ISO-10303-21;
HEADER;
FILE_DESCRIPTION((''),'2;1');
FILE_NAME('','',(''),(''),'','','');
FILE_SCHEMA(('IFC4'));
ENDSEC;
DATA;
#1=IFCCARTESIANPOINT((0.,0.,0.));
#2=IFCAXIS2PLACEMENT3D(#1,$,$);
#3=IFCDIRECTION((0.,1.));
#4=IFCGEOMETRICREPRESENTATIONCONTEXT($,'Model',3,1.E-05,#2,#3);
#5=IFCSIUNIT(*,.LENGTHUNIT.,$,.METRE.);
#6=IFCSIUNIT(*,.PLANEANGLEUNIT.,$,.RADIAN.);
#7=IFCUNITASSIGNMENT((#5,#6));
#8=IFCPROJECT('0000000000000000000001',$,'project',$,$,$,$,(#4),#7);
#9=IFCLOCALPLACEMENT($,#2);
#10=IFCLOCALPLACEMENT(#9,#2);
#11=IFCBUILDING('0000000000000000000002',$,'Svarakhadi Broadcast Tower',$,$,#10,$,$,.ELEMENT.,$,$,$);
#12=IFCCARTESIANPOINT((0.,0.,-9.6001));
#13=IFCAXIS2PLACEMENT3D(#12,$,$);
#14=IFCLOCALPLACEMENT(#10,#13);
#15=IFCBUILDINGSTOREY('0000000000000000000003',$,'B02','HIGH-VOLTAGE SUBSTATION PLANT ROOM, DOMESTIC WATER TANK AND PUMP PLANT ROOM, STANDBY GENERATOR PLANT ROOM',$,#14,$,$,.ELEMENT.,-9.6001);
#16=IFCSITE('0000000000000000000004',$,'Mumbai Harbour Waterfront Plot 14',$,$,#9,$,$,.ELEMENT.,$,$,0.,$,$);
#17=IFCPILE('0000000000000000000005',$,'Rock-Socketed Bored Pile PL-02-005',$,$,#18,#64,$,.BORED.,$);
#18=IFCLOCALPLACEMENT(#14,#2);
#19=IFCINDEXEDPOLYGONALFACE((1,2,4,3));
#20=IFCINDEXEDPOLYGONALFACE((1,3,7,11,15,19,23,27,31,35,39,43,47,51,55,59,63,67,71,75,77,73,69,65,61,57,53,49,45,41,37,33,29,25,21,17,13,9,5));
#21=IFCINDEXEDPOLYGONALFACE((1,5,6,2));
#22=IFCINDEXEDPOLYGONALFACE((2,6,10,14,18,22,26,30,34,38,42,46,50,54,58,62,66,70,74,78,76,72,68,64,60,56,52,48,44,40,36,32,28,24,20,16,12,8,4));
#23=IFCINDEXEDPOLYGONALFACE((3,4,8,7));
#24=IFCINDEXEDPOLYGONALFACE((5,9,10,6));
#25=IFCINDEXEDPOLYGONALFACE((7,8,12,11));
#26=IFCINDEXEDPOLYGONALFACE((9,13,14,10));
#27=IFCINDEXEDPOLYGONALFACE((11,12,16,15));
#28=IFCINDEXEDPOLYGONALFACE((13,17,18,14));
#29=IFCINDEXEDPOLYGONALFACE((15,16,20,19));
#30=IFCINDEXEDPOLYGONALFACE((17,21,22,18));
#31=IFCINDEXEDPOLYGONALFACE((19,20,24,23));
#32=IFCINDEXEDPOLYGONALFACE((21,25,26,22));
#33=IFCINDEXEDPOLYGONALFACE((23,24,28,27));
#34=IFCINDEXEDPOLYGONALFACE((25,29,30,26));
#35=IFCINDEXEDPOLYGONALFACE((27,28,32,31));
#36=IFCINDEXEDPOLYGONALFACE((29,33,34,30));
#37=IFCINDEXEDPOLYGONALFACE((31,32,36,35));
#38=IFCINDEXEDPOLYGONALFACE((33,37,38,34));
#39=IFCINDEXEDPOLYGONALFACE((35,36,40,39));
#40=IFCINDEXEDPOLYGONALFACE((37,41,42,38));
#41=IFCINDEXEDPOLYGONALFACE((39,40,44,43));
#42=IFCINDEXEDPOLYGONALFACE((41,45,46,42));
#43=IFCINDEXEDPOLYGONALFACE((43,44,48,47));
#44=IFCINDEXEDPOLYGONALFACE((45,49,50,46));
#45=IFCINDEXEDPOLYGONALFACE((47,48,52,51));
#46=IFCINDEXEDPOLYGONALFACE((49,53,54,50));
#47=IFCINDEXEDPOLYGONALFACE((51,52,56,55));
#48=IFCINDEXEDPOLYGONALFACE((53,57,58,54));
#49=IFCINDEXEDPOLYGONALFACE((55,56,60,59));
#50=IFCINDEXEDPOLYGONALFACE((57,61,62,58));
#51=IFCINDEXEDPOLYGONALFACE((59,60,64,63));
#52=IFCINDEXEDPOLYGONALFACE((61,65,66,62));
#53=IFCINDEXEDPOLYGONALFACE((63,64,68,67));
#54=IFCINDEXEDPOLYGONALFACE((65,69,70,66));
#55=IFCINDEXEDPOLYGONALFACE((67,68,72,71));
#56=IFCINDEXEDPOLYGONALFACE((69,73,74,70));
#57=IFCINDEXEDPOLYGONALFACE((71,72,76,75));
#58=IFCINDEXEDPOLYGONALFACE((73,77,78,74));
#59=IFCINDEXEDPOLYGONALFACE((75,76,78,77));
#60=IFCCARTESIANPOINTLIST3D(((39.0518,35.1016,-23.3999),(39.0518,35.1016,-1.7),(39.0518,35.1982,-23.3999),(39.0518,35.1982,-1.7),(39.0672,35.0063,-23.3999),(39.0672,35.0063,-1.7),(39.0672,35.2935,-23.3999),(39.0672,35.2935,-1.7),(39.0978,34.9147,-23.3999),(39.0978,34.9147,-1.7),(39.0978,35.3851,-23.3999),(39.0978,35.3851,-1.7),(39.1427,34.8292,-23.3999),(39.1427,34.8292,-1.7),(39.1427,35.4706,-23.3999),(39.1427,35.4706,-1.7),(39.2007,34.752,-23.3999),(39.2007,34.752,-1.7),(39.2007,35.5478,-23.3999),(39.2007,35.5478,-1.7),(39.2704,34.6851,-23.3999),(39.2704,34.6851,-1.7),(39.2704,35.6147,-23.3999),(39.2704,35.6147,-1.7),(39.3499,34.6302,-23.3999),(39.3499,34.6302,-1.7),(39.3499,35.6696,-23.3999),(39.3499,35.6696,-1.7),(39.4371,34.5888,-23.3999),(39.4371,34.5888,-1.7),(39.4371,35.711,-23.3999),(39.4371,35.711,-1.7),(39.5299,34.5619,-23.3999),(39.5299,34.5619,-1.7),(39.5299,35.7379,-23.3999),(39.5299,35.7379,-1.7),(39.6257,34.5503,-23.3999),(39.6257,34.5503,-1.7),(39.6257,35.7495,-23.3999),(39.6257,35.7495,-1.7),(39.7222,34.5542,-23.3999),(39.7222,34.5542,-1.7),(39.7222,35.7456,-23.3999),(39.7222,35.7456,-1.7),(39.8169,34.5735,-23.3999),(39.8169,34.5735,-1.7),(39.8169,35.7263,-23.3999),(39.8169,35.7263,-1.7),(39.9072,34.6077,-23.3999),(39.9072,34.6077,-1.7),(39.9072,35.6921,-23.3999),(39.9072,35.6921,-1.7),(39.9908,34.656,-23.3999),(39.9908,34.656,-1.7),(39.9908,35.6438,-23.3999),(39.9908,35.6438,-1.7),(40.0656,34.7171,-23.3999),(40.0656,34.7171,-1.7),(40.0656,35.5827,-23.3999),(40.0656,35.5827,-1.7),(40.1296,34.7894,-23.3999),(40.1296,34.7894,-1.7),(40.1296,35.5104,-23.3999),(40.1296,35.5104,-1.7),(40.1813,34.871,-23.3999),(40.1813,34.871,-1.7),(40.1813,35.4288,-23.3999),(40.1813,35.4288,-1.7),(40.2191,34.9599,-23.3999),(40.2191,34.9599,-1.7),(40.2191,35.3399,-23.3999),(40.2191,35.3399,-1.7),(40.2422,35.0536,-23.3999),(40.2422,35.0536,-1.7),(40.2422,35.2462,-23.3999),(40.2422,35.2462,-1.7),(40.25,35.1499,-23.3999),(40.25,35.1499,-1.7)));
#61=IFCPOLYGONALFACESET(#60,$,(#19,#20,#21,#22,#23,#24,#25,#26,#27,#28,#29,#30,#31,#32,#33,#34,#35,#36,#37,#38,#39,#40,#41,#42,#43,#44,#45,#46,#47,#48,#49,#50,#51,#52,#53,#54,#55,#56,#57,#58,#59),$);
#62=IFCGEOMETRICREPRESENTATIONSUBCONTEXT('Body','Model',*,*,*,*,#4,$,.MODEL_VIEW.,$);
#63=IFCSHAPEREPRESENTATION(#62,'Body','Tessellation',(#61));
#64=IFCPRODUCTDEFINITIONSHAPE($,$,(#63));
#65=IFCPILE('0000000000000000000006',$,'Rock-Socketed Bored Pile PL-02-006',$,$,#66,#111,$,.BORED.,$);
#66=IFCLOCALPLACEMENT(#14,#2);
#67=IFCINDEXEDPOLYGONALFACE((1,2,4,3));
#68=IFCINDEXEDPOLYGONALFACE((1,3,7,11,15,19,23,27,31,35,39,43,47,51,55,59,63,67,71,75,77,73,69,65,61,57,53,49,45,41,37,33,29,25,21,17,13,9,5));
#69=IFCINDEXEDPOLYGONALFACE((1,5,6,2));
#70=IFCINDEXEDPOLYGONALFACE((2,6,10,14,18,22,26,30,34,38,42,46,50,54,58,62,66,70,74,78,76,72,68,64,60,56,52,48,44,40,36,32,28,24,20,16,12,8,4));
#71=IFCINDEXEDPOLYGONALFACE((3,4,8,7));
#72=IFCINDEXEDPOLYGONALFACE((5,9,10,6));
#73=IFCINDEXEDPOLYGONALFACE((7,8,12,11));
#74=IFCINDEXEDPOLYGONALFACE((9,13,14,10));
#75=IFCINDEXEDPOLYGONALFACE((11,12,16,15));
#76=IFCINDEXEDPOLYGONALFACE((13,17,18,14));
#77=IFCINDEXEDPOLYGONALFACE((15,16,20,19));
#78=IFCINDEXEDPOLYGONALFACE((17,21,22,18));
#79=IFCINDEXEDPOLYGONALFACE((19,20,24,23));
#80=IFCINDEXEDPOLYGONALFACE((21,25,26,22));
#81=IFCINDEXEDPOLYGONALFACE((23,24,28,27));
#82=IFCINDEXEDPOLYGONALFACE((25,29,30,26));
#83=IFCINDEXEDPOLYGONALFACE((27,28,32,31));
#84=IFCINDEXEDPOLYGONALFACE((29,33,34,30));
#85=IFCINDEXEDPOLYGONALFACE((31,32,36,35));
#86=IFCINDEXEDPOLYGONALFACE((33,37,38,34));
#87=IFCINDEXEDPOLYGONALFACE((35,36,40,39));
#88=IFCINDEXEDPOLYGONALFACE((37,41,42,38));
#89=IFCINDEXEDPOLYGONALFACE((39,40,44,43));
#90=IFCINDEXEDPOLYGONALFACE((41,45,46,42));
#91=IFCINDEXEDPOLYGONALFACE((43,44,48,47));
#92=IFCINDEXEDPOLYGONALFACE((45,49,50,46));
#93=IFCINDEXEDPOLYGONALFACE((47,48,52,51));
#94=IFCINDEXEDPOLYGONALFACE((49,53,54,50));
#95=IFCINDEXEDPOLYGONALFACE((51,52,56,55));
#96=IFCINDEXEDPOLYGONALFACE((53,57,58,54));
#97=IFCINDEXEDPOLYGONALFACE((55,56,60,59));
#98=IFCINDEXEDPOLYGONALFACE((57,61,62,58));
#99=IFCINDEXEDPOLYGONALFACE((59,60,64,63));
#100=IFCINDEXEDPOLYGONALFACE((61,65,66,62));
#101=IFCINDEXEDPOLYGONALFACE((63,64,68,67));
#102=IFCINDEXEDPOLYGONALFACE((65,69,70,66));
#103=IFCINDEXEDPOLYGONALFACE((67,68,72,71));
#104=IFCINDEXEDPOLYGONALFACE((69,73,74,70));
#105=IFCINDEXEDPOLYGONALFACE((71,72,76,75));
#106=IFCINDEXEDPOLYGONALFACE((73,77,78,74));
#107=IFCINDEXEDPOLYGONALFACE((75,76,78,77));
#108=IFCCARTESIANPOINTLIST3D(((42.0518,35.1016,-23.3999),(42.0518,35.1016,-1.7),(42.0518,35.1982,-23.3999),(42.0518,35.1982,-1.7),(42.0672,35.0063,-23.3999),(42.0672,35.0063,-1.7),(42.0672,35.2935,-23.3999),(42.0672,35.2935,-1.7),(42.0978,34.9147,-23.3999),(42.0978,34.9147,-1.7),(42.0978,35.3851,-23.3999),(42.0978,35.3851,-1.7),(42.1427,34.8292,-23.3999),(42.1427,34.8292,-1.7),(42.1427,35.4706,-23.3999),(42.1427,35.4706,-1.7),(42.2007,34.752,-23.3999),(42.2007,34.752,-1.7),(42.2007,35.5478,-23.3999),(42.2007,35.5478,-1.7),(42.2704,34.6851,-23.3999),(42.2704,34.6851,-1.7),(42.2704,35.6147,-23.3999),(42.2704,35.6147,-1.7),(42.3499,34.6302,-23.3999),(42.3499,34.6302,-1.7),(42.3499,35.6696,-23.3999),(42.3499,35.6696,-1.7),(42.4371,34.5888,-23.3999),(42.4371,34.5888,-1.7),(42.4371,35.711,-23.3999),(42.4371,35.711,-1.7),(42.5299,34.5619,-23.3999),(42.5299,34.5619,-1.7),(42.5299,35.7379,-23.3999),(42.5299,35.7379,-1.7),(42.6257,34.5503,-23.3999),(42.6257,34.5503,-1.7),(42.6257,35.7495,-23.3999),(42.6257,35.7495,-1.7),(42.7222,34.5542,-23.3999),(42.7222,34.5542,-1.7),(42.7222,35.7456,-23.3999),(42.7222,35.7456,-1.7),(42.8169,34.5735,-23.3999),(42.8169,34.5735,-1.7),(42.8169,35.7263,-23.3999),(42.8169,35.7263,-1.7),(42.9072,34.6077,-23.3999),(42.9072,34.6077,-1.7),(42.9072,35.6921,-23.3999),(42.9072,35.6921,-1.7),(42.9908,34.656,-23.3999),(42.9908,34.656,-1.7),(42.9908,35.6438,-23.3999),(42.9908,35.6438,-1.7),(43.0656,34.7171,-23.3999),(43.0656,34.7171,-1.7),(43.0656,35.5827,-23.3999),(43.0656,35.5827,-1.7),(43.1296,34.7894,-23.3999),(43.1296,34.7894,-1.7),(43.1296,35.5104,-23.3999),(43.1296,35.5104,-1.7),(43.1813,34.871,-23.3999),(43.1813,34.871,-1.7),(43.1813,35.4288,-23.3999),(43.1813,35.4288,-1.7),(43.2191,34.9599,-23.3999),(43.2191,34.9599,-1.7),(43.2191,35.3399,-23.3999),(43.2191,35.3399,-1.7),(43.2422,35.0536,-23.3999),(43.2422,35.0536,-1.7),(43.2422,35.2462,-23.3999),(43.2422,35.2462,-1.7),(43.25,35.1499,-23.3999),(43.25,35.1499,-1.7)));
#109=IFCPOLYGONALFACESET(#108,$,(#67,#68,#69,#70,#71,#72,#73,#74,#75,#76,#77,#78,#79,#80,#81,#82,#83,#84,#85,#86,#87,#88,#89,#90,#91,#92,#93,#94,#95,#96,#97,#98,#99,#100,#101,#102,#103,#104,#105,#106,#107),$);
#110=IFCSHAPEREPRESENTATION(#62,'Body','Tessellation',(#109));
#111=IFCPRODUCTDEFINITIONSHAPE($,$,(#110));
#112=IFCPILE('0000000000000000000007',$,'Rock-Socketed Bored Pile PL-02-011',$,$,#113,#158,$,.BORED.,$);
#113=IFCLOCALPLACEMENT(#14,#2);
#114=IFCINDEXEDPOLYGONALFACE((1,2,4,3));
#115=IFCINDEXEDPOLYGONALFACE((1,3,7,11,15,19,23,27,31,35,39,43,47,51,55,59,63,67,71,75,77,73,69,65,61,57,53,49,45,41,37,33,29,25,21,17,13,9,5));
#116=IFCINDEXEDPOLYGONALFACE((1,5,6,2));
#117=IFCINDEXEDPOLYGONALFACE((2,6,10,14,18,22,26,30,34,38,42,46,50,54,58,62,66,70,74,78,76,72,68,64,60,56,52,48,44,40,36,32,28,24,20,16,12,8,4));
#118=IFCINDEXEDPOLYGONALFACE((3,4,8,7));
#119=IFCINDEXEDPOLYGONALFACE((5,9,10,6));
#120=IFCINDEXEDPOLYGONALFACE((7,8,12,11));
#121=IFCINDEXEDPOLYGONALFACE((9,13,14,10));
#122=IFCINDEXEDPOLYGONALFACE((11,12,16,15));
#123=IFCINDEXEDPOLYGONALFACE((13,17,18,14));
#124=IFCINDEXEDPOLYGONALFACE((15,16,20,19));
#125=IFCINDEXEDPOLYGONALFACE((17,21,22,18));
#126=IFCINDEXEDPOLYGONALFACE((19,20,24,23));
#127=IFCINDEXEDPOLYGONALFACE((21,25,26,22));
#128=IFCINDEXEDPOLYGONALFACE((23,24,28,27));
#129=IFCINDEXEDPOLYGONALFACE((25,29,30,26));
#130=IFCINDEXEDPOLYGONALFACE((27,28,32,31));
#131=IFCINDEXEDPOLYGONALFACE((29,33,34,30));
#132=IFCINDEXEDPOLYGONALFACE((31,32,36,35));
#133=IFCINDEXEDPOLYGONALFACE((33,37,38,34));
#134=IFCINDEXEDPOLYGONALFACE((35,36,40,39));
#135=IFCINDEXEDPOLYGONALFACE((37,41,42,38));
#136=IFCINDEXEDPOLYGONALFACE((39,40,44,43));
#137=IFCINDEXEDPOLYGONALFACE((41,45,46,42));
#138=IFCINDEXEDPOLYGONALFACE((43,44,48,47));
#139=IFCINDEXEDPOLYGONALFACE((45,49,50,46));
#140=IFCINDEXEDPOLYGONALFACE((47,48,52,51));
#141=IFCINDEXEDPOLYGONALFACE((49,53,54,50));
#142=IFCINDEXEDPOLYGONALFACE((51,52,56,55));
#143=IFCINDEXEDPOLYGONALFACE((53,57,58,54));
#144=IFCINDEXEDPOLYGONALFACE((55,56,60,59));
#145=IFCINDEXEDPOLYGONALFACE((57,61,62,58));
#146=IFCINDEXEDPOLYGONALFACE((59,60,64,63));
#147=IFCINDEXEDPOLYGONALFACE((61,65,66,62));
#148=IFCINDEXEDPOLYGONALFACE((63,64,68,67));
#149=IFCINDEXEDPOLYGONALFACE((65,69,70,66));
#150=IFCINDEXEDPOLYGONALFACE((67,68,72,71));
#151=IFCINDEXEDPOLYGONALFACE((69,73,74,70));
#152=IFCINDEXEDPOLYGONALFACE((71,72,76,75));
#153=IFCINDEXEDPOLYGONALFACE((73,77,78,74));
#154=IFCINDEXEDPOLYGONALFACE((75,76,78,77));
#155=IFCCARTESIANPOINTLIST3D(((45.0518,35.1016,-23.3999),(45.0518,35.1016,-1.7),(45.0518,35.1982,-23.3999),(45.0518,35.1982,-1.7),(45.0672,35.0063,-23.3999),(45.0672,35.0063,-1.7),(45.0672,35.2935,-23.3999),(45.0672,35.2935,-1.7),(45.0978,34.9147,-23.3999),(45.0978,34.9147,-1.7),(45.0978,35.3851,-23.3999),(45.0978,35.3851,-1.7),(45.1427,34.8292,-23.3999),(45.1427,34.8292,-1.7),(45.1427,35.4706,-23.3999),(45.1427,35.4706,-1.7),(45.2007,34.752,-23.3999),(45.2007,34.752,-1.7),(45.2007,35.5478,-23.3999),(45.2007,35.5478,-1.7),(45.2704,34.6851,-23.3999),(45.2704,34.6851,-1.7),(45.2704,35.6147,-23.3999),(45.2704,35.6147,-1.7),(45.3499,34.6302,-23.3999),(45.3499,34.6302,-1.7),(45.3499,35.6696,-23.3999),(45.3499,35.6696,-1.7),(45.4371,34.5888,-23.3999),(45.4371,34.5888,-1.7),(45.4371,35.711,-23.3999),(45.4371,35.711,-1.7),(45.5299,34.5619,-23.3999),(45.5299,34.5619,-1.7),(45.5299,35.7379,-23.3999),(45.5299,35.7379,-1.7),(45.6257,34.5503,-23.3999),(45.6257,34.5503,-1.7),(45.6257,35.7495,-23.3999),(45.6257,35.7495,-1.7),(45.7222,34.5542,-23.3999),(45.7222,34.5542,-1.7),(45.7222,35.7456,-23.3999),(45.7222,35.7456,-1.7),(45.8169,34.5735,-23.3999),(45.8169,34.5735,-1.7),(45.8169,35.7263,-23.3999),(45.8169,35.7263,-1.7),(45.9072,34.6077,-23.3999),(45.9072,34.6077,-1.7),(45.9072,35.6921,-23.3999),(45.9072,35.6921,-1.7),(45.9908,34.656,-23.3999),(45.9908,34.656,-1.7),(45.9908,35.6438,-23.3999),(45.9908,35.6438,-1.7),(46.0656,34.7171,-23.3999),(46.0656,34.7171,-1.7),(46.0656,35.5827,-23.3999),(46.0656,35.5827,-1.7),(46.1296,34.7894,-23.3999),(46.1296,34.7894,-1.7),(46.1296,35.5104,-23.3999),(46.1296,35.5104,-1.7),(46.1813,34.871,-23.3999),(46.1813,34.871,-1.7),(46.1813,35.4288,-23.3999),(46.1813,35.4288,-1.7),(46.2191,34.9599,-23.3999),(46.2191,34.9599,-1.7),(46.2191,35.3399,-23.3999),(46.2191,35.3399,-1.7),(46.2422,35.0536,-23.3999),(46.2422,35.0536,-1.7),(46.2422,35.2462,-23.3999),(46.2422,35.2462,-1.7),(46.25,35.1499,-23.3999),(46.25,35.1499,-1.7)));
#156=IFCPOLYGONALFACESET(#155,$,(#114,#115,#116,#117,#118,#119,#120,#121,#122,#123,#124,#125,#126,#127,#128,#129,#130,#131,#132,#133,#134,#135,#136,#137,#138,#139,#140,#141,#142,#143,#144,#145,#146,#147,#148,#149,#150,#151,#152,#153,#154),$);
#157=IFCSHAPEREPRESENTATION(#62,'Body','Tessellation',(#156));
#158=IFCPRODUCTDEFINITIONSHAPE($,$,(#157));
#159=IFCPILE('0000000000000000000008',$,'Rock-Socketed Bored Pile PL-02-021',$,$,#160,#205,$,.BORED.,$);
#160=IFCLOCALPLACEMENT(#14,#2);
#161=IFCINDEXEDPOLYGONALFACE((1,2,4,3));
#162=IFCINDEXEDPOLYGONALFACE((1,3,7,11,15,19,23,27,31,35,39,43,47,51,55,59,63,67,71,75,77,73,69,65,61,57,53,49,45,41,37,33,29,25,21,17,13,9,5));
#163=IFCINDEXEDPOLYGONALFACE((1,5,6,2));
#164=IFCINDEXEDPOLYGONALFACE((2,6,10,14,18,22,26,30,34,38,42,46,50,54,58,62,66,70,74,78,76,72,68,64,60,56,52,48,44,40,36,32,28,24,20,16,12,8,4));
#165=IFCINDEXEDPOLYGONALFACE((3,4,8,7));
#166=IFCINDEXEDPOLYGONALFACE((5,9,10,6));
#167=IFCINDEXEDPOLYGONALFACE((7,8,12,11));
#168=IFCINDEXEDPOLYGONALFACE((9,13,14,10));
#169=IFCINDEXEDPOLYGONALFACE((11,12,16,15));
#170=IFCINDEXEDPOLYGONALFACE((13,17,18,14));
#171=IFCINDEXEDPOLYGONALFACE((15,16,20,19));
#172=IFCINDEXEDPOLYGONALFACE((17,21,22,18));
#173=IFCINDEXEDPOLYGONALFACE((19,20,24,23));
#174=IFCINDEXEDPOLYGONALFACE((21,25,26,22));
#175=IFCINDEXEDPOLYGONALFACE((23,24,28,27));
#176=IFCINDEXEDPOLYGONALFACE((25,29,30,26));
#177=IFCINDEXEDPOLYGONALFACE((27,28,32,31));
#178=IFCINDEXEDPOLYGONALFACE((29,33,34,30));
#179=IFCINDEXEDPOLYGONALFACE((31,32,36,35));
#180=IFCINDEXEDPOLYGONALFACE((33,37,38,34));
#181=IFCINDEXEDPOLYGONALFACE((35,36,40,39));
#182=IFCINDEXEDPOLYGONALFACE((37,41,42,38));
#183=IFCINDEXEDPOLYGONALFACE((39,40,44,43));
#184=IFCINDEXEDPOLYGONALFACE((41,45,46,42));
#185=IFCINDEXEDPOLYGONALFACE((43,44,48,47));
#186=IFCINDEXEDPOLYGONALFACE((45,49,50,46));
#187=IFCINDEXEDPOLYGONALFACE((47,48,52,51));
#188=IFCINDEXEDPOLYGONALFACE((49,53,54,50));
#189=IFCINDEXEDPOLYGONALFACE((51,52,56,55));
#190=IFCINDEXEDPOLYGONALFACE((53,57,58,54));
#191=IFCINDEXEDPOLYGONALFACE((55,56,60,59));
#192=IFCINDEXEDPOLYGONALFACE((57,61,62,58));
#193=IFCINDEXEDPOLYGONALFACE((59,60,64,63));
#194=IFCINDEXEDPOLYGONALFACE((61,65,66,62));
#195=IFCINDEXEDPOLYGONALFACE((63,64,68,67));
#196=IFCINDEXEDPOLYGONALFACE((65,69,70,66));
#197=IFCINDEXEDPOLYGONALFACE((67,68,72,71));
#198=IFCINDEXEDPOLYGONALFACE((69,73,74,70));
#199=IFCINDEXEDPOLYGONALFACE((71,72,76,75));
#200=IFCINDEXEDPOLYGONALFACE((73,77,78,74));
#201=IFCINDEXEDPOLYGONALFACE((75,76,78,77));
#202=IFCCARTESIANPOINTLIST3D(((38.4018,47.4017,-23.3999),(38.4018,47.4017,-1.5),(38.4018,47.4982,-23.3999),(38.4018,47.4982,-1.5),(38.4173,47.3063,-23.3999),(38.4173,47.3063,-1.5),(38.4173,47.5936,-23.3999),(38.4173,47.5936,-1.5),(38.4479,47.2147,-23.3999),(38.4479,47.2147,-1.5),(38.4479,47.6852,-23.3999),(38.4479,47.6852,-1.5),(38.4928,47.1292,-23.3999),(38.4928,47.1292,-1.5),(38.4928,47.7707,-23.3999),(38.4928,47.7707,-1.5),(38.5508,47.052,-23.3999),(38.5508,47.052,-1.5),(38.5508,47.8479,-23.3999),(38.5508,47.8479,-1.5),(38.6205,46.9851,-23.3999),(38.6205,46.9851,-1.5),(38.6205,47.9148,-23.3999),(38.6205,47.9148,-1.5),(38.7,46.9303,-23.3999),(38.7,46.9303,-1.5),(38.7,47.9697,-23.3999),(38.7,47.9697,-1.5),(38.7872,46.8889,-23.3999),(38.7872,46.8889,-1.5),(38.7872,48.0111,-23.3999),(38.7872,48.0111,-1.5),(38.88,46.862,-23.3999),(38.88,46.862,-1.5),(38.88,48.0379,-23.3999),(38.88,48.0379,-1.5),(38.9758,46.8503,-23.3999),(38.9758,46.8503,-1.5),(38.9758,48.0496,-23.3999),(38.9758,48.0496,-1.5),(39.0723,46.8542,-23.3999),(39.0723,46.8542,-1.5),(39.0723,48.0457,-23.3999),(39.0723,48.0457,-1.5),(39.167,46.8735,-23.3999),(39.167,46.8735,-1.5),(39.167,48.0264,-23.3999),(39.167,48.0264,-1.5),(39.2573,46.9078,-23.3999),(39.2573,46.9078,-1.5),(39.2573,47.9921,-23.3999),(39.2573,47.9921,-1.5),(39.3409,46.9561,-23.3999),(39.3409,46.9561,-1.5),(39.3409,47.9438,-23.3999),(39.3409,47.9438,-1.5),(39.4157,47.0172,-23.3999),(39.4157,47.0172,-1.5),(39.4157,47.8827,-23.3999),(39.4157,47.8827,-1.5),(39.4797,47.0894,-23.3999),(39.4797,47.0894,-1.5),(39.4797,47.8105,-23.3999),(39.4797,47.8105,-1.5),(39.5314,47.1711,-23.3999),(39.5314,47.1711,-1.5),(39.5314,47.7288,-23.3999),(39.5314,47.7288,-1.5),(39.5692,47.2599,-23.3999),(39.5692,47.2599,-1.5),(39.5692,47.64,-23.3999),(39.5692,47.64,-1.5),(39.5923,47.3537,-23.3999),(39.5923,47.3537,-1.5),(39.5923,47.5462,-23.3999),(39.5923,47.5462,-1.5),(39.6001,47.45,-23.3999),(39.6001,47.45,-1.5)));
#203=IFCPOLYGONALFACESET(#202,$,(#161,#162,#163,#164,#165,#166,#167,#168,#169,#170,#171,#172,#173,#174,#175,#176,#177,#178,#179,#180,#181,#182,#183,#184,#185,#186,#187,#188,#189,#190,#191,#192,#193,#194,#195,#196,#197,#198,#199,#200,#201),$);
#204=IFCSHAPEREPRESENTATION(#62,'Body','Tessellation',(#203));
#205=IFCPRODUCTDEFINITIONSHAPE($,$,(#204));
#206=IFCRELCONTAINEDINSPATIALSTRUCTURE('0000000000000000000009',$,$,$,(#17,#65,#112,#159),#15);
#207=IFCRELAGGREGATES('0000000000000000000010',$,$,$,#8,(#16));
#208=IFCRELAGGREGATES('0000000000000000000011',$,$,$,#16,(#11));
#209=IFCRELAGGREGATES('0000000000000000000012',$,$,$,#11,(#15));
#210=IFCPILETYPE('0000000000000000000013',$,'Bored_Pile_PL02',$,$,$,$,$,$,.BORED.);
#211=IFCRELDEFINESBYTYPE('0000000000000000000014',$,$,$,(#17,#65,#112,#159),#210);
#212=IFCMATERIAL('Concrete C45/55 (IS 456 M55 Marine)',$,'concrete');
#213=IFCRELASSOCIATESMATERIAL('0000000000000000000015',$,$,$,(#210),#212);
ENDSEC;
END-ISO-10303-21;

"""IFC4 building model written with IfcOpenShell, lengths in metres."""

from ifc_helpers import new_model, si_unit, direction, frame, origin, origin_2d, place, context, subcontext, project, spatial, circle, extrude, material, material_profile, profile_set, type_object, element, save


model = new_model("IFC4")

# Units and contexts
model_context = context("Model", 3, precision=1e-05, world=origin(), true_north=direction((0.0, 1.0)))
body_context = subcontext(model_context, "Body", "Model", "MODEL_VIEW")
ifc_project = project(units=[si_unit("LENGTHUNIT", "METRE"), si_unit("PLANEANGLEUNIT", "RADIAN")], contexts=[model_context])

# Site, building, storey
site_placement = place(None, origin())
site = spatial("IfcSite", under=ifc_project, at=site_placement, Name="Mumbai Harbour Waterfront Plot 14", CompositionType="ELEMENT", RefElevation=0.0)
building_placement = place(site_placement, origin())
building = spatial("IfcBuilding", under=site, at=building_placement, Name="Svarakhadi Broadcast Tower", CompositionType="ELEMENT")
storey_placement = place(building_placement, frame((0.0, 0.0, -9.6001)))
storey = spatial("IfcBuildingStorey", under=building, at=storey_placement, Name="B02", Description="HIGH-VOLTAGE SUBSTATION PLANT ROOM, DOMESTIC WATER TANK AND PUMP PLANT ROOM, STANDBY GENERATOR PLANT ROOM", CompositionType="ELEMENT", Elevation=-9.6001)

# Piles
ifc_material_1 = material(Name="Concrete C45/55 (IS 456 M55 Marine)", Category="concrete")
ifc_material_profile_1 = material_profile(ifc_material_1, circle(Radius=0.6001, at=origin_2d()), Name="PILE D1200")
ifc_profile_set_1 = profile_set([ifc_material_profile_1], Name="Concrete C45/55 (IS 456 M55 Marine)")
pile_type = type_object("IfcPileType", Name="Bored_Pile_PL02", PredefinedType="BORED", material=ifc_profile_set_1)
for number, where, z_axis, x_axis, name in (
    (1, (39.6499, 35.1499, -1.7), (0.0, 0.0, -1.0), (1.0, 0.0, 0.0), "Rock-Socketed Bored Pile PL-02-005"),
    (2, (42.6499, 35.1499, -1.7), (0.0, 0.0, -1.0), (1.0, 0.0, 0.0), "Rock-Socketed Bored Pile PL-02-006"),
    (3, (45.6499, 35.1499, -1.7), (0.0, 0.0, -1.0), (1.0, 0.0, 0.0), "Rock-Socketed Bored Pile PL-02-011"),
):
    element("IfcPile", number, at=place(storey_placement, frame(where, z_axis=z_axis, x_axis=x_axis)), inside=storey, type_object=pile_type, Name=name, PredefinedType="BORED", context=body_context, shape_type="SweptSolid", body=[
        extrude(circle(Radius=0.6001, at=origin_2d()), origin(), (0.0, 0.0, 1.0), 21.7),
    ])
pile_placement = place(storey_placement, frame((39.0, 47.45, -1.5), z_axis=(0.0, 0.0, -1.0), x_axis=(1.0, 0.0, 0.0)))
element("IfcPile", 4, at=pile_placement, inside=storey, type_object=pile_type, Name="Rock-Socketed Bored Pile PL-02-021", PredefinedType="BORED", context=body_context, shape_type="SweptSolid", body=[
    extrude(circle(Radius=0.6001, at=origin_2d()), origin(), (0.0, 0.0, 1.0), 21.8999),
])

save(model, "model.ifc")
